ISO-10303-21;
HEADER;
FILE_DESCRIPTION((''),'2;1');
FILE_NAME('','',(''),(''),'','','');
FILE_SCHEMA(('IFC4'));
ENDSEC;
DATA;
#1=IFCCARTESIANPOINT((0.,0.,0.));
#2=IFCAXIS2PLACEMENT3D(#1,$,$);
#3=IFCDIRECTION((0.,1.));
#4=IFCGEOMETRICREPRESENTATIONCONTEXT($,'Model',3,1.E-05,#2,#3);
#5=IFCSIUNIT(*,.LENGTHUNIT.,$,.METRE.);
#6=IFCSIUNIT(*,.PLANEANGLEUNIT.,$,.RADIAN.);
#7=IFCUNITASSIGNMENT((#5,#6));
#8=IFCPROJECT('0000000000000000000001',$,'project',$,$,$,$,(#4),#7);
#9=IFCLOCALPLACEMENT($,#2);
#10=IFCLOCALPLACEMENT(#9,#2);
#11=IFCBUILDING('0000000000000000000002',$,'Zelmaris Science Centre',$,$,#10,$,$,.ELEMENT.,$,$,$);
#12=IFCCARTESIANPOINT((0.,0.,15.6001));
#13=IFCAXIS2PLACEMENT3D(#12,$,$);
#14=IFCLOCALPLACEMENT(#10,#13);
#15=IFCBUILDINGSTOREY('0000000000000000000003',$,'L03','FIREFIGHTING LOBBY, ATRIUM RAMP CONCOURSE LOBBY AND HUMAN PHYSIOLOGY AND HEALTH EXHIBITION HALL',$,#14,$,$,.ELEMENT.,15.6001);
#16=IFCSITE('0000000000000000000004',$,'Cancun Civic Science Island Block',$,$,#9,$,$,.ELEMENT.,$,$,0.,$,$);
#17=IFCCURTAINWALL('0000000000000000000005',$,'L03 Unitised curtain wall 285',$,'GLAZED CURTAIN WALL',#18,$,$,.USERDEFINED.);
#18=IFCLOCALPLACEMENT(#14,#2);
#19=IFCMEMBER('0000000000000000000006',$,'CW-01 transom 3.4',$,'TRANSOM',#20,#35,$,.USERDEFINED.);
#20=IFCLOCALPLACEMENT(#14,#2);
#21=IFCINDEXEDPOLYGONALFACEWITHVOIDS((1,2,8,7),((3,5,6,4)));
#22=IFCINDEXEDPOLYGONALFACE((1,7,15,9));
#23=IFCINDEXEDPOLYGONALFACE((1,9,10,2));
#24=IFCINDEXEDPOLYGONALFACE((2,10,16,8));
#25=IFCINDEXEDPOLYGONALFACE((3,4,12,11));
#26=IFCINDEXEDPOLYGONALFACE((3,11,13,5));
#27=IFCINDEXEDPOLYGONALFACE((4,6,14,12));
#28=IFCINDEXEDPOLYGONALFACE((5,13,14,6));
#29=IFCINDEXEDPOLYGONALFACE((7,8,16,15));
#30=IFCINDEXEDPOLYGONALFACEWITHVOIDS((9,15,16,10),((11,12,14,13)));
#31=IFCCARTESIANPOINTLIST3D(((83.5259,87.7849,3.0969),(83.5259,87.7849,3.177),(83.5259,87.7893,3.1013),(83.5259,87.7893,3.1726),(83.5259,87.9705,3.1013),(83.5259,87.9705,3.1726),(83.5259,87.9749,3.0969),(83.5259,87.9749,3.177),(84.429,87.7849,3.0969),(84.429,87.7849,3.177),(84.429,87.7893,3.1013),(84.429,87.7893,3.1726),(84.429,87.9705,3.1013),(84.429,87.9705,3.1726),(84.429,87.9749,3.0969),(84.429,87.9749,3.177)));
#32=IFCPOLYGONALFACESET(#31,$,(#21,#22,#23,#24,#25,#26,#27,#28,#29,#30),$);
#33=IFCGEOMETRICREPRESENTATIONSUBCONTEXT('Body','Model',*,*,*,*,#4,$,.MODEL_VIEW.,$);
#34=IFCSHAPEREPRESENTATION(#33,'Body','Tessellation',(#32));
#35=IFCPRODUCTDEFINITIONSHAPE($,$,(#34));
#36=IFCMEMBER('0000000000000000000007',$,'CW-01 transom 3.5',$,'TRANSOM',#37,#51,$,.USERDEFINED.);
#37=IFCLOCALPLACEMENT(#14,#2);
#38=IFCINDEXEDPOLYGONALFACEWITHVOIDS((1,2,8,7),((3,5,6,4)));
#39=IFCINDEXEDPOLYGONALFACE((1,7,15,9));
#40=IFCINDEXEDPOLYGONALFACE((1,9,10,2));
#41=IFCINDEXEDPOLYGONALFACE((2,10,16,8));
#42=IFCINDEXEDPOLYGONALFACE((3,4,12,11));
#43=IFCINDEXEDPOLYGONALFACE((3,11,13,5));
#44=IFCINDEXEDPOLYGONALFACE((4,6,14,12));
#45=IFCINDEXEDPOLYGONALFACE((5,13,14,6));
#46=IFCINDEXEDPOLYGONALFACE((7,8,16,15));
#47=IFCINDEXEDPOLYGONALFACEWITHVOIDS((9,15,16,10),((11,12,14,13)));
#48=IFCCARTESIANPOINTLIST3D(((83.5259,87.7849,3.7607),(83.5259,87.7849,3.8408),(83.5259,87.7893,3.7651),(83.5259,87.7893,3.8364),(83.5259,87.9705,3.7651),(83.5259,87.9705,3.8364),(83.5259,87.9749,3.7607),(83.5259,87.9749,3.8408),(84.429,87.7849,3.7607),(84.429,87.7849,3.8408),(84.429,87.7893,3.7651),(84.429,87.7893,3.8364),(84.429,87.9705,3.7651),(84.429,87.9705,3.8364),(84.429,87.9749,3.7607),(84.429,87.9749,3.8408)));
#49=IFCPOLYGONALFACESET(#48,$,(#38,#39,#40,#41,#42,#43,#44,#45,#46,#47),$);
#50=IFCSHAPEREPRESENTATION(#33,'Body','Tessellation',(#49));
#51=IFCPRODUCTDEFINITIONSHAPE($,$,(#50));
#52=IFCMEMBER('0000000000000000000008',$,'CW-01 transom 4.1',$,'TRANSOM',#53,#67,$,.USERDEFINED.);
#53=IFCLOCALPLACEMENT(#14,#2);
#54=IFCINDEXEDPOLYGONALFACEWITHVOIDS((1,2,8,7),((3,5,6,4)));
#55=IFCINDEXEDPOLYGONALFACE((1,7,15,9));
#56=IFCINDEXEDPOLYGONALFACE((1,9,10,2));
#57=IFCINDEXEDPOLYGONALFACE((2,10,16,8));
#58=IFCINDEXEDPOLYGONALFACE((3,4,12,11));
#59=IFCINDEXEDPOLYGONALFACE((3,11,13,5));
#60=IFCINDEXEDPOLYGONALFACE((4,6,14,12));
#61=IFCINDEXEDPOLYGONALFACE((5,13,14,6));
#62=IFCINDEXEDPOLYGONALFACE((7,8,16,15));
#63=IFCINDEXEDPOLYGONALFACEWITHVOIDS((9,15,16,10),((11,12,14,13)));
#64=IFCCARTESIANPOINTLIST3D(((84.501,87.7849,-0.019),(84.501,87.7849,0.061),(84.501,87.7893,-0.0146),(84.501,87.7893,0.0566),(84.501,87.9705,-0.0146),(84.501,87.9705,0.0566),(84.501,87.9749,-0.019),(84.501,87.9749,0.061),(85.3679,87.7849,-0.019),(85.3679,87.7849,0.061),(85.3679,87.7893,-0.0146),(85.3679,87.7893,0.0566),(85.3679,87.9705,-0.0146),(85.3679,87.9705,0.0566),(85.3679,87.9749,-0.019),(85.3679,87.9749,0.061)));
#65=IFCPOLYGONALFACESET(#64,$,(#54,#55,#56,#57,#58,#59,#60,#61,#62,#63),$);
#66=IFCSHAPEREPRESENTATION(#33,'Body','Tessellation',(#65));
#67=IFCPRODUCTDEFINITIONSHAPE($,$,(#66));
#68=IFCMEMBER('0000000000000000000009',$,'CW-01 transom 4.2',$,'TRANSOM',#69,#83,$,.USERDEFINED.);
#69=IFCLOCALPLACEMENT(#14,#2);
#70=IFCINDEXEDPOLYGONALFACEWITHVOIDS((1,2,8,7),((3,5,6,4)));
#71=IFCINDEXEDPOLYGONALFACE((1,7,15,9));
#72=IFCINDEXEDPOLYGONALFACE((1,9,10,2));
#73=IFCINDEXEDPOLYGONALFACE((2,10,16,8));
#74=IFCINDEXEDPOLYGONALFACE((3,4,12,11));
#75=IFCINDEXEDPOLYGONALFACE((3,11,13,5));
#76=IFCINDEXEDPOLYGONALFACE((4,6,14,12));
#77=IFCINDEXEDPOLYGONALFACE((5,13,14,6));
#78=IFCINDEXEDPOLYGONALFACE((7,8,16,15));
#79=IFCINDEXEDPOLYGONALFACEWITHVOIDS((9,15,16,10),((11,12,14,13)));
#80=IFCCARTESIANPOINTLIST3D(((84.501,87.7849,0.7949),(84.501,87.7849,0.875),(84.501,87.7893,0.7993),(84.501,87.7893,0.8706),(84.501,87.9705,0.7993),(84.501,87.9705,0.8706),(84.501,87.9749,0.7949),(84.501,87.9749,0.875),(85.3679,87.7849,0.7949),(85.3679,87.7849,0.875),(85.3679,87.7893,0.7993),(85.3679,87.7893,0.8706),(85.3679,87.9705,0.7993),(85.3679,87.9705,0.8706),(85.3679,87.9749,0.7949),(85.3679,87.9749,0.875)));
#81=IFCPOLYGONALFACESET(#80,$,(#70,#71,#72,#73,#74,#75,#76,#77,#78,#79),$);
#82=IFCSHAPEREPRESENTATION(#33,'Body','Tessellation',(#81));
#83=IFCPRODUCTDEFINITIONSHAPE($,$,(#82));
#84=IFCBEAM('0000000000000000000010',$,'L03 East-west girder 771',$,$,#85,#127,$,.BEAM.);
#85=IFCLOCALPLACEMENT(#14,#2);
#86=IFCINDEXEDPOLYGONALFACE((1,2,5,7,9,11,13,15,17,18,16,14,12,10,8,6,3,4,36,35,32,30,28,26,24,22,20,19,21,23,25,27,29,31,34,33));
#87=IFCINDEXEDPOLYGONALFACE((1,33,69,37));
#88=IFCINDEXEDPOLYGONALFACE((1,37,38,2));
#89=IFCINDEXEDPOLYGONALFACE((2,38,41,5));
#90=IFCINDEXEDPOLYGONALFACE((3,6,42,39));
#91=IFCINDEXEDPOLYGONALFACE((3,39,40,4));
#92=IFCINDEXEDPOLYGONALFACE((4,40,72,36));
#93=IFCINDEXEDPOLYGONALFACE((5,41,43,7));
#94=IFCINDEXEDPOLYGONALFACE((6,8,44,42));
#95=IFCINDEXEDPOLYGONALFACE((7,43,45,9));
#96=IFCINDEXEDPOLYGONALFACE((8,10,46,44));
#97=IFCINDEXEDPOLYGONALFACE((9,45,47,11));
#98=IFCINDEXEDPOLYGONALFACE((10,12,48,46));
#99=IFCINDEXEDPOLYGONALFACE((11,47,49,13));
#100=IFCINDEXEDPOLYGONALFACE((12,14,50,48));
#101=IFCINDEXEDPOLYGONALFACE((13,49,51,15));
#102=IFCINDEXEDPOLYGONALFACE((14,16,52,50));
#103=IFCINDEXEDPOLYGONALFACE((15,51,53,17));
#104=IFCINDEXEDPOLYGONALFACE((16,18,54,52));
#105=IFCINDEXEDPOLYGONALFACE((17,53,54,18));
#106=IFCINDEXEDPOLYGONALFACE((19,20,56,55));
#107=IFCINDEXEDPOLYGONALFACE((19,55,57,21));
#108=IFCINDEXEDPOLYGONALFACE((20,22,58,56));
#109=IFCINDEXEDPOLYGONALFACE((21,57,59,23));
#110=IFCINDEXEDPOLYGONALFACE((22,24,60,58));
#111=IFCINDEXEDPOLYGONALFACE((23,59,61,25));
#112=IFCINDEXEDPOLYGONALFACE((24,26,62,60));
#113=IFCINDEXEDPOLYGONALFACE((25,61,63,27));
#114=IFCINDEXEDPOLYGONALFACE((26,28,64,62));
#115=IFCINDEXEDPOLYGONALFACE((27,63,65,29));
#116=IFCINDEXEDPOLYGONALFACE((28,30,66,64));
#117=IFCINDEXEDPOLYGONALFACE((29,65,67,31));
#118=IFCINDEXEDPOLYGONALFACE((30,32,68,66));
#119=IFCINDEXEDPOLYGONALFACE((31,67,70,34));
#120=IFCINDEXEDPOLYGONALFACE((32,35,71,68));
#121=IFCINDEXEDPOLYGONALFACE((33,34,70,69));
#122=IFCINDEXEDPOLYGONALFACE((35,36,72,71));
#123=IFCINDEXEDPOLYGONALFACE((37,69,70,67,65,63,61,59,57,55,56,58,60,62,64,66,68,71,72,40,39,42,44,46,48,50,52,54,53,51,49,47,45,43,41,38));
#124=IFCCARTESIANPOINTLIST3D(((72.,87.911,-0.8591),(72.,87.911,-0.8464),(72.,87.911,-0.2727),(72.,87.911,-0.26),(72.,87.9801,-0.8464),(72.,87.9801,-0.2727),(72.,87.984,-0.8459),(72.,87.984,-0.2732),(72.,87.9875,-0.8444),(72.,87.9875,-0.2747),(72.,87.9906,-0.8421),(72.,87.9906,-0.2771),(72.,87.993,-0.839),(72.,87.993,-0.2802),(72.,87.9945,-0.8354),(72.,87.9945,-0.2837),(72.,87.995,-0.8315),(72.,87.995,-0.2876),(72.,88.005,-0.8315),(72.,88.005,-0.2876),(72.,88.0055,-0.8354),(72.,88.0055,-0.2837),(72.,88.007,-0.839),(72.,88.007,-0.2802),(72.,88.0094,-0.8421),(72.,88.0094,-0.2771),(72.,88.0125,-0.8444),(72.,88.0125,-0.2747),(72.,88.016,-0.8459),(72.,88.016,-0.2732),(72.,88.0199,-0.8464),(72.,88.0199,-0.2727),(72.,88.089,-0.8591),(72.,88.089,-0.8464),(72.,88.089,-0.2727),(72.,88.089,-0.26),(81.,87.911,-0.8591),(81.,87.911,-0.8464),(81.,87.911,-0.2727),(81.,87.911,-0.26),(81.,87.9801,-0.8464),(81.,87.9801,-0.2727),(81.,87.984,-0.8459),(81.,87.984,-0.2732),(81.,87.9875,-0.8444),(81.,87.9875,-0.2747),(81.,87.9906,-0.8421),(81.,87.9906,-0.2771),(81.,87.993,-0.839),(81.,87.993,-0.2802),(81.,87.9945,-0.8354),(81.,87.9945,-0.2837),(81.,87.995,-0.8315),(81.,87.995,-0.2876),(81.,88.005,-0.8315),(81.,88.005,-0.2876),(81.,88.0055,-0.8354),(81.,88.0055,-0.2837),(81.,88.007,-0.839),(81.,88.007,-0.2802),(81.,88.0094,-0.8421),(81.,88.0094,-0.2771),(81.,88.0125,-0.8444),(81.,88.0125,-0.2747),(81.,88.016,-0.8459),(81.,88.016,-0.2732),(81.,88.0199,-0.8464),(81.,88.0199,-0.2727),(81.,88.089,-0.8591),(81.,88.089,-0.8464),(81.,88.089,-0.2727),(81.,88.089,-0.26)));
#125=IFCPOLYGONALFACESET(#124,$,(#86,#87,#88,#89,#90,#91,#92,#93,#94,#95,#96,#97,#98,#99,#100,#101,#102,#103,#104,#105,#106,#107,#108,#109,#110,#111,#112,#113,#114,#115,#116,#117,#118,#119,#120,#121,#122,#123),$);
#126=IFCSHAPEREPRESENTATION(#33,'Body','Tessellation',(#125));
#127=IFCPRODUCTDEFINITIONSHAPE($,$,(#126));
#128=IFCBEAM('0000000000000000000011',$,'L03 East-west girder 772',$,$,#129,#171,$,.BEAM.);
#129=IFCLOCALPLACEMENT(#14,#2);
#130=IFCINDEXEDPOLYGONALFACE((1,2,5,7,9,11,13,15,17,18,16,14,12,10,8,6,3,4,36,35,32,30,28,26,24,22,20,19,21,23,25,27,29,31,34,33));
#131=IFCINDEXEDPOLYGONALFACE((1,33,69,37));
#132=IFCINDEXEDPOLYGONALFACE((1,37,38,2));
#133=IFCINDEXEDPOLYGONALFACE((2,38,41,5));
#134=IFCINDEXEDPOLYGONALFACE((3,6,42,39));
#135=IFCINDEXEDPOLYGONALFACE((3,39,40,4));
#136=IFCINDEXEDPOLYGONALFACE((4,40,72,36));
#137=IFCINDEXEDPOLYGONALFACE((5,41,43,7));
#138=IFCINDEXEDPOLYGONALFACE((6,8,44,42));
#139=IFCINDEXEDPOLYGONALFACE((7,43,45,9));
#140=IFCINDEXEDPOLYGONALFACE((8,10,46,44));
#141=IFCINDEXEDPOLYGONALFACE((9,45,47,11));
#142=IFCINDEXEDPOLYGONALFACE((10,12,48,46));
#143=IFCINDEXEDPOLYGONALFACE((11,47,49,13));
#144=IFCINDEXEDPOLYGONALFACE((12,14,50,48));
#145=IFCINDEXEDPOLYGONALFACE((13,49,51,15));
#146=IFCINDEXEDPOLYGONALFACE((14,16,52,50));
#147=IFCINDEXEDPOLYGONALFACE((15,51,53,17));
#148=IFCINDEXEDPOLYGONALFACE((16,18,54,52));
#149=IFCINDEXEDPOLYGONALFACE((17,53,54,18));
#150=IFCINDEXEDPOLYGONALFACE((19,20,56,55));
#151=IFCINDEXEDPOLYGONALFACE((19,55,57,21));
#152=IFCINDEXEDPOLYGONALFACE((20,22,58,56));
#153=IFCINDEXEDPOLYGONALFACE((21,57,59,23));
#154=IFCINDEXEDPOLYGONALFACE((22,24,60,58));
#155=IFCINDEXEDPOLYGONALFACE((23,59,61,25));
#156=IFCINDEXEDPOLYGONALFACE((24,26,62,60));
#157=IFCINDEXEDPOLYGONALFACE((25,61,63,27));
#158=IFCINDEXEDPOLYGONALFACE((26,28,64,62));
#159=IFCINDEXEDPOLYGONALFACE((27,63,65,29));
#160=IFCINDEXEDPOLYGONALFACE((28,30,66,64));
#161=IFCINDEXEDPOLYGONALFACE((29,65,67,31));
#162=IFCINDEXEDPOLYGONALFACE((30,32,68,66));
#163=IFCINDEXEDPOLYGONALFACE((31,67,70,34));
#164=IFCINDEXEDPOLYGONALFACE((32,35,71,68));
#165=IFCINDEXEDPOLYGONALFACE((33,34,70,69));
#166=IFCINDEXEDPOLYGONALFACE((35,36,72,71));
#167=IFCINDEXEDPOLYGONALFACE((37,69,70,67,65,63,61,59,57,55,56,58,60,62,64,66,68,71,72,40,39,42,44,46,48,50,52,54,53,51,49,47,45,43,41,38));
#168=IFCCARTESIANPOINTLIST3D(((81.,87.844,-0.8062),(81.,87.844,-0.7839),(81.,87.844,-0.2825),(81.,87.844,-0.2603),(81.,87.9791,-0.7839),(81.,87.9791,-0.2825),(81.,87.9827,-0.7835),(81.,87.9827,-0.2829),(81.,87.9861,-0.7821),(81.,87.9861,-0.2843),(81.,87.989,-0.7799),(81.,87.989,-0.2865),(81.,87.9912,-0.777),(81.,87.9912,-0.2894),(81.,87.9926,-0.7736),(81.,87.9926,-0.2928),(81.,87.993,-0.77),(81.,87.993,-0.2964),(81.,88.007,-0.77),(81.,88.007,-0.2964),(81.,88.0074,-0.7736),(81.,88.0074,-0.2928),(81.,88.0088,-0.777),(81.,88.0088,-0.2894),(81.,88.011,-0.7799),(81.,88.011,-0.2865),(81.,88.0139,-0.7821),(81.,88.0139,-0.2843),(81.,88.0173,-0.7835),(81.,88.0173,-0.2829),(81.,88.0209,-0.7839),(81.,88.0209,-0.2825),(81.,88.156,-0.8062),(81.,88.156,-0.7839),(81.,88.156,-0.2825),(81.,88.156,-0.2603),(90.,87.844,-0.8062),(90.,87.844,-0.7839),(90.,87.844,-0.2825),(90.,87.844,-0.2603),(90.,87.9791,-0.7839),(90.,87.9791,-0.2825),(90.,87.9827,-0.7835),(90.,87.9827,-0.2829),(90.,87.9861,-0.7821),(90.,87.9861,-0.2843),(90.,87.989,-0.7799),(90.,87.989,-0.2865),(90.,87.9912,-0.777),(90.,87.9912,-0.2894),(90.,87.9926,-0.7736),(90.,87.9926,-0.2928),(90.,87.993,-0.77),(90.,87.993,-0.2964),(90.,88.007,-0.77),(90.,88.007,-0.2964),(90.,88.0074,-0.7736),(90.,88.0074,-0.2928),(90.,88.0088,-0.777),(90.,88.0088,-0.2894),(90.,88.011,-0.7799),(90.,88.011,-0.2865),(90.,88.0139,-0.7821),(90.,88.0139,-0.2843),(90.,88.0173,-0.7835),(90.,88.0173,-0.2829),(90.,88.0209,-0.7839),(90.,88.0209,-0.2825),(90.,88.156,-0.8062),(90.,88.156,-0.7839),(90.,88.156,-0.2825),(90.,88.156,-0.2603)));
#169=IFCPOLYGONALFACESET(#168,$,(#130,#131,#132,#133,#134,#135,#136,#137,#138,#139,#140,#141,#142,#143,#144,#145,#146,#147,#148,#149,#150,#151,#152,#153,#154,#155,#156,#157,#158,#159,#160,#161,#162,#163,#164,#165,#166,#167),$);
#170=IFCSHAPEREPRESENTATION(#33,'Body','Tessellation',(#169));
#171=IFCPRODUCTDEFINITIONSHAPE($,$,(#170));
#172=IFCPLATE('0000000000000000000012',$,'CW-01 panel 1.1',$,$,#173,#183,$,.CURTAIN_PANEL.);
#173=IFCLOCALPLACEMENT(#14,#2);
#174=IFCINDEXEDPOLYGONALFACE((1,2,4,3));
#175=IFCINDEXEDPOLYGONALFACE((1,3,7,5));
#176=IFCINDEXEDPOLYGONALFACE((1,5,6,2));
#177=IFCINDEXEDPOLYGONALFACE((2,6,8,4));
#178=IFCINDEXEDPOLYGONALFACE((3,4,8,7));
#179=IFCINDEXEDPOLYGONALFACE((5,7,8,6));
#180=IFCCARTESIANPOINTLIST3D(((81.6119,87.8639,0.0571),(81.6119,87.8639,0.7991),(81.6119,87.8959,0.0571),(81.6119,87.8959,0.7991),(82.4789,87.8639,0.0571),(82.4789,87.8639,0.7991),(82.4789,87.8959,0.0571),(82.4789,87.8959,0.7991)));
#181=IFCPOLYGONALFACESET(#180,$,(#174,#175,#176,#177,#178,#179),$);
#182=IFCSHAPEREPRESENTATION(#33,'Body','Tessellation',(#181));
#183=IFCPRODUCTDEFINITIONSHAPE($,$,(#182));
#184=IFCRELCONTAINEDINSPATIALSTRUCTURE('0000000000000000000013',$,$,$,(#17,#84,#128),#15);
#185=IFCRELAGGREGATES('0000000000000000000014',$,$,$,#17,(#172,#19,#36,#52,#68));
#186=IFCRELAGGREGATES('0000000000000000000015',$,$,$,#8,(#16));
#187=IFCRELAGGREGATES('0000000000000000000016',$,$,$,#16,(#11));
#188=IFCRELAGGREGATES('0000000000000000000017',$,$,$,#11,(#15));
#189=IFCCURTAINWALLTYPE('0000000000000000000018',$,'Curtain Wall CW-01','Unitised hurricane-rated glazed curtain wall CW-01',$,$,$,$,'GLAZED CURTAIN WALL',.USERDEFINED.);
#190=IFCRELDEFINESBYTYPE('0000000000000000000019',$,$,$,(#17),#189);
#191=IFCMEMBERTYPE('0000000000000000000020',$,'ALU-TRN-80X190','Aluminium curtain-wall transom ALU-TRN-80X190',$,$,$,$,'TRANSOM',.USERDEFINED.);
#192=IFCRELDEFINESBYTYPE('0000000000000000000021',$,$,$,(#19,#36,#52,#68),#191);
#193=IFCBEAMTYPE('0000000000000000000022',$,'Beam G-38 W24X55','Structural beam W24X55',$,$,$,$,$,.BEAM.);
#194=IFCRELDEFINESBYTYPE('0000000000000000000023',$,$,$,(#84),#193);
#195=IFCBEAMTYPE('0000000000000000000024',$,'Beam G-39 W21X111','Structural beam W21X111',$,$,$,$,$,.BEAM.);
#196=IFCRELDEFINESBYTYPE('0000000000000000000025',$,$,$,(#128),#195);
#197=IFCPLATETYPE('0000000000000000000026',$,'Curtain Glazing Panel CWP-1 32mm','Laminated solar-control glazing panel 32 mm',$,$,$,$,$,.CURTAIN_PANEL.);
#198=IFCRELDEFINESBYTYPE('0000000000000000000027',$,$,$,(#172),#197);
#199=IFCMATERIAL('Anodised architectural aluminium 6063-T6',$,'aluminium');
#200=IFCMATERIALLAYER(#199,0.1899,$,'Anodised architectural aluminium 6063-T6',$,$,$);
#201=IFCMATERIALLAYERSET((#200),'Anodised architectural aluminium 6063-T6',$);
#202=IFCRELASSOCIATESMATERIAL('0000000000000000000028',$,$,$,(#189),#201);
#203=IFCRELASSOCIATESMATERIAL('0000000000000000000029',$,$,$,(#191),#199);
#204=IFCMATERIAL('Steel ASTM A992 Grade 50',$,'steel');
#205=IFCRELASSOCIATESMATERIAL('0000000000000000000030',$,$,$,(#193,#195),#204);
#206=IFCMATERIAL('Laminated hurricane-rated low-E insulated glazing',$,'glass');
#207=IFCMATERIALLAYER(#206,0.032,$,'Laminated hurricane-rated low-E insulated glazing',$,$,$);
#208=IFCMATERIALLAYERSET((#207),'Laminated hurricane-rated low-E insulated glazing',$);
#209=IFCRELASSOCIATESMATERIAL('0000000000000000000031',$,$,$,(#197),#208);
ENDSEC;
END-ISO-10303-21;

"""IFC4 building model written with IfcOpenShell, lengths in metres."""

from ifc_helpers import new_model, si_unit, direction, frame, origin, origin_2d, place, context, subcontext, project, spatial, rectangle, hollow_rectangle, i_section, extrude, material, layer, layer_set, material_profile, profile_set, type_object, element, aggregate, save


model = new_model("IFC4")

# Units and contexts
model_context = context("Model", 3, precision=1e-05, world=origin(), true_north=direction((0.0, 1.0)))
body_context = subcontext(model_context, "Body", "Model", "MODEL_VIEW")
ifc_project = project(units=[si_unit("LENGTHUNIT", "METRE"), si_unit("PLANEANGLEUNIT", "RADIAN")], contexts=[model_context])

# Site, building, storey
site_placement = place(None, origin())
site = spatial("IfcSite", under=ifc_project, at=site_placement, Name="Cancun Civic Science Island Block", CompositionType="ELEMENT", RefElevation=0.0)
building_placement = place(site_placement, origin())
building = spatial("IfcBuilding", under=site, at=building_placement, Name="Zelmaris Science Centre", CompositionType="ELEMENT")
storey_placement = place(building_placement, frame((0.0, 0.0, 15.6001)))
storey = spatial("IfcBuildingStorey", under=building, at=storey_placement, Name="L03", Description="FIREFIGHTING LOBBY, ATRIUM RAMP CONCOURSE LOBBY AND HUMAN PHYSIOLOGY AND HEALTH EXHIBITION HALL", CompositionType="ELEMENT", Elevation=15.6001)

# Shared definitions
ifc_material_1 = material(Name="Steel ASTM A992 Grade 50", Category="steel")

# Curtain wall, members
ifc_material_2 = material(Name="Anodised architectural aluminium 6063-T6", Category="aluminium")
ifc_layer_1 = layer(ifc_material_2, 0.1899, Name="Anodised architectural aluminium 6063-T6")
ifc_layer_set_1 = layer_set([ifc_layer_1], Name="Anodised architectural aluminium 6063-T6")
curtain_wall_type = type_object("IfcCurtainWallType", Name="Curtain Wall CW-01", Description="Unitised hurricane-rated glazed curtain wall CW-01", ElementType="GLAZED CURTAIN WALL", PredefinedType="USERDEFINED", material=ifc_layer_set_1)
curtain_wall_placement = place(storey_placement, origin())
curtain_wall = element("IfcCurtainWall", 1, at=curtain_wall_placement, inside=storey, type_object=curtain_wall_type, Name="L03 Unitised curtain wall 285", ObjectType="GLAZED CURTAIN WALL", PredefinedType="USERDEFINED")
ifc_material_profile_1 = material_profile(ifc_material_2, hollow_rectangle(XDim=0.0801, YDim=0.1899, WallThickness=0.0044, at=origin_2d()), Name="ALU-TRN-80X190")
ifc_profile_set_1 = profile_set([ifc_material_profile_1], Name="Anodised architectural aluminium 6063-T6")
member_type_1 = type_object("IfcMemberType", Name="ALU-TRN-80X190", Description="Aluminium curtain-wall transom ALU-TRN-80X190", ElementType="TRANSOM", PredefinedType="USERDEFINED", material=ifc_profile_set_1)
member_1_placement = place(storey_placement, frame((83.5259, 87.8799, 3.137), z_axis=(1.0, 0.0, 0.0), x_axis=(0.0, 0.0, 1.0)))
member_1 = element("IfcMember", 2, at=member_1_placement, type_object=member_type_1, Name="CW-01 transom 3.4", ObjectType="TRANSOM", PredefinedType="USERDEFINED", context=body_context, shape_type="SweptSolid", body=[
    extrude(hollow_rectangle(XDim=0.0801, YDim=0.1899, WallThickness=0.0044, at=origin_2d()), origin(), (0.0, 0.0, 1.0), 0.9031),
])
member_2_placement = place(storey_placement, frame((83.5259, 87.8799, 3.8008), z_axis=(1.0, 0.0, 0.0), x_axis=(0.0, 0.0, 1.0)))
member_2 = element("IfcMember", 3, at=member_2_placement, type_object=member_type_1, Name="CW-01 transom 3.5", ObjectType="TRANSOM", PredefinedType="USERDEFINED", context=body_context, shape_type="SweptSolid", body=[
    extrude(hollow_rectangle(XDim=0.0801, YDim=0.1899, WallThickness=0.0044, at=origin_2d()), origin(), (0.0, 0.0, 1.0), 0.9031),
])
member_3_placement = place(storey_placement, frame((84.501, 87.8799, 0.021), z_axis=(1.0, 0.0, 0.0), x_axis=(0.0, 0.0, 1.0)))
member_3 = element("IfcMember", 4, at=member_3_placement, type_object=member_type_1, Name="CW-01 transom 4.1", ObjectType="TRANSOM", PredefinedType="USERDEFINED", context=body_context, shape_type="SweptSolid", body=[
    extrude(hollow_rectangle(XDim=0.0801, YDim=0.1899, WallThickness=0.0044, at=origin_2d()), origin(), (0.0, 0.0, 1.0), 0.8669),
])
member_4_placement = place(storey_placement, frame((84.501, 87.8799, 0.835), z_axis=(1.0, 0.0, 0.0), x_axis=(0.0, 0.0, 1.0)))
member_4 = element("IfcMember", 5, at=member_4_placement, type_object=member_type_1, Name="CW-01 transom 4.2", ObjectType="TRANSOM", PredefinedType="USERDEFINED", context=body_context, shape_type="SweptSolid", body=[
    extrude(hollow_rectangle(XDim=0.0801, YDim=0.1899, WallThickness=0.0044, at=origin_2d()), origin(), (0.0, 0.0, 1.0), 0.8669),
])

# Beams
ifc_material_profile_2 = material_profile(ifc_material_1, i_section(OverallWidth=0.178, OverallDepth=0.5991, WebThickness=0.01, FlangeThickness=0.0127, FilletRadius=0.0149, at=origin_2d()), Name="W24X55")
ifc_profile_set_2 = profile_set([ifc_material_profile_2], Name="Steel ASTM A992 Grade 50")
beam_type_1 = type_object("IfcBeamType", Name="Beam G-38 W24X55", Description="Structural beam W24X55", PredefinedType="BEAM", material=ifc_profile_set_2)
beam_1_placement = place(storey_placement, frame((72.0, 88.0, -0.5596), z_axis=(1.0, 0.0, 0.0), x_axis=(0.0, 1.0, 0.0)))
element("IfcBeam", 6, at=beam_1_placement, inside=storey, type_object=beam_type_1, Name="L03 East-west girder 771", PredefinedType="BEAM", context=body_context, shape_type="SweptSolid", body=[
    extrude(i_section(OverallWidth=0.178, OverallDepth=0.5991, WebThickness=0.01, FlangeThickness=0.0127, FilletRadius=0.0149, at=origin_2d()), origin(), (0.0, 0.0, 1.0), 9.0),
])
ifc_material_profile_3 = material_profile(ifc_material_1, i_section(OverallWidth=0.312, OverallDepth=0.5459, WebThickness=0.0139, FlangeThickness=0.0222, FilletRadius=0.0139, at=origin_2d()), Name="W21X111")
ifc_profile_set_3 = profile_set([ifc_material_profile_3], Name="Steel ASTM A992 Grade 50")
beam_type_2 = type_object("IfcBeamType", Name="Beam G-39 W21X111", Description="Structural beam W21X111", PredefinedType="BEAM", material=ifc_profile_set_3)
beam_2_placement = place(storey_placement, frame((81.0, 88.0, -0.5332), z_axis=(1.0, 0.0, 0.0), x_axis=(0.0, 1.0, 0.0)))
element("IfcBeam", 7, at=beam_2_placement, inside=storey, type_object=beam_type_2, Name="L03 East-west girder 772", PredefinedType="BEAM", context=body_context, shape_type="SweptSolid", body=[
    extrude(i_section(OverallWidth=0.312, OverallDepth=0.5459, WebThickness=0.0139, FlangeThickness=0.0222, FilletRadius=0.0139, at=origin_2d()), origin(), (0.0, 0.0, 1.0), 9.0),
])

# Plate
ifc_material_3 = material(Name="Laminated hurricane-rated low-E insulated glazing", Category="glass")
ifc_layer_2 = layer(ifc_material_3, 0.032, Name="Laminated hurricane-rated low-E insulated glazing")
ifc_layer_set_2 = layer_set([ifc_layer_2], Name="Laminated hurricane-rated low-E insulated glazing")
plate_type = type_object("IfcPlateType", Name="Curtain Glazing Panel CWP-1 32mm", Description="Laminated solar-control glazing panel 32 mm", PredefinedType="CURTAIN_PANEL", material=ifc_layer_set_2)
plate_1_placement = place(storey_placement, frame((82.0454, 87.8799, 0.0571), z_axis=(0.0, 0.0, 1.0), x_axis=(1.0, 0.0, 0.0)))
plate_1 = element("IfcPlate", 8, at=plate_1_placement, type_object=plate_type, Name="CW-01 panel 1.1", PredefinedType="CURTAIN_PANEL", context=body_context, shape_type="SweptSolid", body=[
    extrude(rectangle(XDim=0.8669, YDim=0.032, at=origin_2d()), origin(), (0.0, 0.0, 1.0), 0.7419),
])
aggregate(curtain_wall, [plate_1, member_1, member_2, member_3, member_4])

save(model, "model.ifc")
